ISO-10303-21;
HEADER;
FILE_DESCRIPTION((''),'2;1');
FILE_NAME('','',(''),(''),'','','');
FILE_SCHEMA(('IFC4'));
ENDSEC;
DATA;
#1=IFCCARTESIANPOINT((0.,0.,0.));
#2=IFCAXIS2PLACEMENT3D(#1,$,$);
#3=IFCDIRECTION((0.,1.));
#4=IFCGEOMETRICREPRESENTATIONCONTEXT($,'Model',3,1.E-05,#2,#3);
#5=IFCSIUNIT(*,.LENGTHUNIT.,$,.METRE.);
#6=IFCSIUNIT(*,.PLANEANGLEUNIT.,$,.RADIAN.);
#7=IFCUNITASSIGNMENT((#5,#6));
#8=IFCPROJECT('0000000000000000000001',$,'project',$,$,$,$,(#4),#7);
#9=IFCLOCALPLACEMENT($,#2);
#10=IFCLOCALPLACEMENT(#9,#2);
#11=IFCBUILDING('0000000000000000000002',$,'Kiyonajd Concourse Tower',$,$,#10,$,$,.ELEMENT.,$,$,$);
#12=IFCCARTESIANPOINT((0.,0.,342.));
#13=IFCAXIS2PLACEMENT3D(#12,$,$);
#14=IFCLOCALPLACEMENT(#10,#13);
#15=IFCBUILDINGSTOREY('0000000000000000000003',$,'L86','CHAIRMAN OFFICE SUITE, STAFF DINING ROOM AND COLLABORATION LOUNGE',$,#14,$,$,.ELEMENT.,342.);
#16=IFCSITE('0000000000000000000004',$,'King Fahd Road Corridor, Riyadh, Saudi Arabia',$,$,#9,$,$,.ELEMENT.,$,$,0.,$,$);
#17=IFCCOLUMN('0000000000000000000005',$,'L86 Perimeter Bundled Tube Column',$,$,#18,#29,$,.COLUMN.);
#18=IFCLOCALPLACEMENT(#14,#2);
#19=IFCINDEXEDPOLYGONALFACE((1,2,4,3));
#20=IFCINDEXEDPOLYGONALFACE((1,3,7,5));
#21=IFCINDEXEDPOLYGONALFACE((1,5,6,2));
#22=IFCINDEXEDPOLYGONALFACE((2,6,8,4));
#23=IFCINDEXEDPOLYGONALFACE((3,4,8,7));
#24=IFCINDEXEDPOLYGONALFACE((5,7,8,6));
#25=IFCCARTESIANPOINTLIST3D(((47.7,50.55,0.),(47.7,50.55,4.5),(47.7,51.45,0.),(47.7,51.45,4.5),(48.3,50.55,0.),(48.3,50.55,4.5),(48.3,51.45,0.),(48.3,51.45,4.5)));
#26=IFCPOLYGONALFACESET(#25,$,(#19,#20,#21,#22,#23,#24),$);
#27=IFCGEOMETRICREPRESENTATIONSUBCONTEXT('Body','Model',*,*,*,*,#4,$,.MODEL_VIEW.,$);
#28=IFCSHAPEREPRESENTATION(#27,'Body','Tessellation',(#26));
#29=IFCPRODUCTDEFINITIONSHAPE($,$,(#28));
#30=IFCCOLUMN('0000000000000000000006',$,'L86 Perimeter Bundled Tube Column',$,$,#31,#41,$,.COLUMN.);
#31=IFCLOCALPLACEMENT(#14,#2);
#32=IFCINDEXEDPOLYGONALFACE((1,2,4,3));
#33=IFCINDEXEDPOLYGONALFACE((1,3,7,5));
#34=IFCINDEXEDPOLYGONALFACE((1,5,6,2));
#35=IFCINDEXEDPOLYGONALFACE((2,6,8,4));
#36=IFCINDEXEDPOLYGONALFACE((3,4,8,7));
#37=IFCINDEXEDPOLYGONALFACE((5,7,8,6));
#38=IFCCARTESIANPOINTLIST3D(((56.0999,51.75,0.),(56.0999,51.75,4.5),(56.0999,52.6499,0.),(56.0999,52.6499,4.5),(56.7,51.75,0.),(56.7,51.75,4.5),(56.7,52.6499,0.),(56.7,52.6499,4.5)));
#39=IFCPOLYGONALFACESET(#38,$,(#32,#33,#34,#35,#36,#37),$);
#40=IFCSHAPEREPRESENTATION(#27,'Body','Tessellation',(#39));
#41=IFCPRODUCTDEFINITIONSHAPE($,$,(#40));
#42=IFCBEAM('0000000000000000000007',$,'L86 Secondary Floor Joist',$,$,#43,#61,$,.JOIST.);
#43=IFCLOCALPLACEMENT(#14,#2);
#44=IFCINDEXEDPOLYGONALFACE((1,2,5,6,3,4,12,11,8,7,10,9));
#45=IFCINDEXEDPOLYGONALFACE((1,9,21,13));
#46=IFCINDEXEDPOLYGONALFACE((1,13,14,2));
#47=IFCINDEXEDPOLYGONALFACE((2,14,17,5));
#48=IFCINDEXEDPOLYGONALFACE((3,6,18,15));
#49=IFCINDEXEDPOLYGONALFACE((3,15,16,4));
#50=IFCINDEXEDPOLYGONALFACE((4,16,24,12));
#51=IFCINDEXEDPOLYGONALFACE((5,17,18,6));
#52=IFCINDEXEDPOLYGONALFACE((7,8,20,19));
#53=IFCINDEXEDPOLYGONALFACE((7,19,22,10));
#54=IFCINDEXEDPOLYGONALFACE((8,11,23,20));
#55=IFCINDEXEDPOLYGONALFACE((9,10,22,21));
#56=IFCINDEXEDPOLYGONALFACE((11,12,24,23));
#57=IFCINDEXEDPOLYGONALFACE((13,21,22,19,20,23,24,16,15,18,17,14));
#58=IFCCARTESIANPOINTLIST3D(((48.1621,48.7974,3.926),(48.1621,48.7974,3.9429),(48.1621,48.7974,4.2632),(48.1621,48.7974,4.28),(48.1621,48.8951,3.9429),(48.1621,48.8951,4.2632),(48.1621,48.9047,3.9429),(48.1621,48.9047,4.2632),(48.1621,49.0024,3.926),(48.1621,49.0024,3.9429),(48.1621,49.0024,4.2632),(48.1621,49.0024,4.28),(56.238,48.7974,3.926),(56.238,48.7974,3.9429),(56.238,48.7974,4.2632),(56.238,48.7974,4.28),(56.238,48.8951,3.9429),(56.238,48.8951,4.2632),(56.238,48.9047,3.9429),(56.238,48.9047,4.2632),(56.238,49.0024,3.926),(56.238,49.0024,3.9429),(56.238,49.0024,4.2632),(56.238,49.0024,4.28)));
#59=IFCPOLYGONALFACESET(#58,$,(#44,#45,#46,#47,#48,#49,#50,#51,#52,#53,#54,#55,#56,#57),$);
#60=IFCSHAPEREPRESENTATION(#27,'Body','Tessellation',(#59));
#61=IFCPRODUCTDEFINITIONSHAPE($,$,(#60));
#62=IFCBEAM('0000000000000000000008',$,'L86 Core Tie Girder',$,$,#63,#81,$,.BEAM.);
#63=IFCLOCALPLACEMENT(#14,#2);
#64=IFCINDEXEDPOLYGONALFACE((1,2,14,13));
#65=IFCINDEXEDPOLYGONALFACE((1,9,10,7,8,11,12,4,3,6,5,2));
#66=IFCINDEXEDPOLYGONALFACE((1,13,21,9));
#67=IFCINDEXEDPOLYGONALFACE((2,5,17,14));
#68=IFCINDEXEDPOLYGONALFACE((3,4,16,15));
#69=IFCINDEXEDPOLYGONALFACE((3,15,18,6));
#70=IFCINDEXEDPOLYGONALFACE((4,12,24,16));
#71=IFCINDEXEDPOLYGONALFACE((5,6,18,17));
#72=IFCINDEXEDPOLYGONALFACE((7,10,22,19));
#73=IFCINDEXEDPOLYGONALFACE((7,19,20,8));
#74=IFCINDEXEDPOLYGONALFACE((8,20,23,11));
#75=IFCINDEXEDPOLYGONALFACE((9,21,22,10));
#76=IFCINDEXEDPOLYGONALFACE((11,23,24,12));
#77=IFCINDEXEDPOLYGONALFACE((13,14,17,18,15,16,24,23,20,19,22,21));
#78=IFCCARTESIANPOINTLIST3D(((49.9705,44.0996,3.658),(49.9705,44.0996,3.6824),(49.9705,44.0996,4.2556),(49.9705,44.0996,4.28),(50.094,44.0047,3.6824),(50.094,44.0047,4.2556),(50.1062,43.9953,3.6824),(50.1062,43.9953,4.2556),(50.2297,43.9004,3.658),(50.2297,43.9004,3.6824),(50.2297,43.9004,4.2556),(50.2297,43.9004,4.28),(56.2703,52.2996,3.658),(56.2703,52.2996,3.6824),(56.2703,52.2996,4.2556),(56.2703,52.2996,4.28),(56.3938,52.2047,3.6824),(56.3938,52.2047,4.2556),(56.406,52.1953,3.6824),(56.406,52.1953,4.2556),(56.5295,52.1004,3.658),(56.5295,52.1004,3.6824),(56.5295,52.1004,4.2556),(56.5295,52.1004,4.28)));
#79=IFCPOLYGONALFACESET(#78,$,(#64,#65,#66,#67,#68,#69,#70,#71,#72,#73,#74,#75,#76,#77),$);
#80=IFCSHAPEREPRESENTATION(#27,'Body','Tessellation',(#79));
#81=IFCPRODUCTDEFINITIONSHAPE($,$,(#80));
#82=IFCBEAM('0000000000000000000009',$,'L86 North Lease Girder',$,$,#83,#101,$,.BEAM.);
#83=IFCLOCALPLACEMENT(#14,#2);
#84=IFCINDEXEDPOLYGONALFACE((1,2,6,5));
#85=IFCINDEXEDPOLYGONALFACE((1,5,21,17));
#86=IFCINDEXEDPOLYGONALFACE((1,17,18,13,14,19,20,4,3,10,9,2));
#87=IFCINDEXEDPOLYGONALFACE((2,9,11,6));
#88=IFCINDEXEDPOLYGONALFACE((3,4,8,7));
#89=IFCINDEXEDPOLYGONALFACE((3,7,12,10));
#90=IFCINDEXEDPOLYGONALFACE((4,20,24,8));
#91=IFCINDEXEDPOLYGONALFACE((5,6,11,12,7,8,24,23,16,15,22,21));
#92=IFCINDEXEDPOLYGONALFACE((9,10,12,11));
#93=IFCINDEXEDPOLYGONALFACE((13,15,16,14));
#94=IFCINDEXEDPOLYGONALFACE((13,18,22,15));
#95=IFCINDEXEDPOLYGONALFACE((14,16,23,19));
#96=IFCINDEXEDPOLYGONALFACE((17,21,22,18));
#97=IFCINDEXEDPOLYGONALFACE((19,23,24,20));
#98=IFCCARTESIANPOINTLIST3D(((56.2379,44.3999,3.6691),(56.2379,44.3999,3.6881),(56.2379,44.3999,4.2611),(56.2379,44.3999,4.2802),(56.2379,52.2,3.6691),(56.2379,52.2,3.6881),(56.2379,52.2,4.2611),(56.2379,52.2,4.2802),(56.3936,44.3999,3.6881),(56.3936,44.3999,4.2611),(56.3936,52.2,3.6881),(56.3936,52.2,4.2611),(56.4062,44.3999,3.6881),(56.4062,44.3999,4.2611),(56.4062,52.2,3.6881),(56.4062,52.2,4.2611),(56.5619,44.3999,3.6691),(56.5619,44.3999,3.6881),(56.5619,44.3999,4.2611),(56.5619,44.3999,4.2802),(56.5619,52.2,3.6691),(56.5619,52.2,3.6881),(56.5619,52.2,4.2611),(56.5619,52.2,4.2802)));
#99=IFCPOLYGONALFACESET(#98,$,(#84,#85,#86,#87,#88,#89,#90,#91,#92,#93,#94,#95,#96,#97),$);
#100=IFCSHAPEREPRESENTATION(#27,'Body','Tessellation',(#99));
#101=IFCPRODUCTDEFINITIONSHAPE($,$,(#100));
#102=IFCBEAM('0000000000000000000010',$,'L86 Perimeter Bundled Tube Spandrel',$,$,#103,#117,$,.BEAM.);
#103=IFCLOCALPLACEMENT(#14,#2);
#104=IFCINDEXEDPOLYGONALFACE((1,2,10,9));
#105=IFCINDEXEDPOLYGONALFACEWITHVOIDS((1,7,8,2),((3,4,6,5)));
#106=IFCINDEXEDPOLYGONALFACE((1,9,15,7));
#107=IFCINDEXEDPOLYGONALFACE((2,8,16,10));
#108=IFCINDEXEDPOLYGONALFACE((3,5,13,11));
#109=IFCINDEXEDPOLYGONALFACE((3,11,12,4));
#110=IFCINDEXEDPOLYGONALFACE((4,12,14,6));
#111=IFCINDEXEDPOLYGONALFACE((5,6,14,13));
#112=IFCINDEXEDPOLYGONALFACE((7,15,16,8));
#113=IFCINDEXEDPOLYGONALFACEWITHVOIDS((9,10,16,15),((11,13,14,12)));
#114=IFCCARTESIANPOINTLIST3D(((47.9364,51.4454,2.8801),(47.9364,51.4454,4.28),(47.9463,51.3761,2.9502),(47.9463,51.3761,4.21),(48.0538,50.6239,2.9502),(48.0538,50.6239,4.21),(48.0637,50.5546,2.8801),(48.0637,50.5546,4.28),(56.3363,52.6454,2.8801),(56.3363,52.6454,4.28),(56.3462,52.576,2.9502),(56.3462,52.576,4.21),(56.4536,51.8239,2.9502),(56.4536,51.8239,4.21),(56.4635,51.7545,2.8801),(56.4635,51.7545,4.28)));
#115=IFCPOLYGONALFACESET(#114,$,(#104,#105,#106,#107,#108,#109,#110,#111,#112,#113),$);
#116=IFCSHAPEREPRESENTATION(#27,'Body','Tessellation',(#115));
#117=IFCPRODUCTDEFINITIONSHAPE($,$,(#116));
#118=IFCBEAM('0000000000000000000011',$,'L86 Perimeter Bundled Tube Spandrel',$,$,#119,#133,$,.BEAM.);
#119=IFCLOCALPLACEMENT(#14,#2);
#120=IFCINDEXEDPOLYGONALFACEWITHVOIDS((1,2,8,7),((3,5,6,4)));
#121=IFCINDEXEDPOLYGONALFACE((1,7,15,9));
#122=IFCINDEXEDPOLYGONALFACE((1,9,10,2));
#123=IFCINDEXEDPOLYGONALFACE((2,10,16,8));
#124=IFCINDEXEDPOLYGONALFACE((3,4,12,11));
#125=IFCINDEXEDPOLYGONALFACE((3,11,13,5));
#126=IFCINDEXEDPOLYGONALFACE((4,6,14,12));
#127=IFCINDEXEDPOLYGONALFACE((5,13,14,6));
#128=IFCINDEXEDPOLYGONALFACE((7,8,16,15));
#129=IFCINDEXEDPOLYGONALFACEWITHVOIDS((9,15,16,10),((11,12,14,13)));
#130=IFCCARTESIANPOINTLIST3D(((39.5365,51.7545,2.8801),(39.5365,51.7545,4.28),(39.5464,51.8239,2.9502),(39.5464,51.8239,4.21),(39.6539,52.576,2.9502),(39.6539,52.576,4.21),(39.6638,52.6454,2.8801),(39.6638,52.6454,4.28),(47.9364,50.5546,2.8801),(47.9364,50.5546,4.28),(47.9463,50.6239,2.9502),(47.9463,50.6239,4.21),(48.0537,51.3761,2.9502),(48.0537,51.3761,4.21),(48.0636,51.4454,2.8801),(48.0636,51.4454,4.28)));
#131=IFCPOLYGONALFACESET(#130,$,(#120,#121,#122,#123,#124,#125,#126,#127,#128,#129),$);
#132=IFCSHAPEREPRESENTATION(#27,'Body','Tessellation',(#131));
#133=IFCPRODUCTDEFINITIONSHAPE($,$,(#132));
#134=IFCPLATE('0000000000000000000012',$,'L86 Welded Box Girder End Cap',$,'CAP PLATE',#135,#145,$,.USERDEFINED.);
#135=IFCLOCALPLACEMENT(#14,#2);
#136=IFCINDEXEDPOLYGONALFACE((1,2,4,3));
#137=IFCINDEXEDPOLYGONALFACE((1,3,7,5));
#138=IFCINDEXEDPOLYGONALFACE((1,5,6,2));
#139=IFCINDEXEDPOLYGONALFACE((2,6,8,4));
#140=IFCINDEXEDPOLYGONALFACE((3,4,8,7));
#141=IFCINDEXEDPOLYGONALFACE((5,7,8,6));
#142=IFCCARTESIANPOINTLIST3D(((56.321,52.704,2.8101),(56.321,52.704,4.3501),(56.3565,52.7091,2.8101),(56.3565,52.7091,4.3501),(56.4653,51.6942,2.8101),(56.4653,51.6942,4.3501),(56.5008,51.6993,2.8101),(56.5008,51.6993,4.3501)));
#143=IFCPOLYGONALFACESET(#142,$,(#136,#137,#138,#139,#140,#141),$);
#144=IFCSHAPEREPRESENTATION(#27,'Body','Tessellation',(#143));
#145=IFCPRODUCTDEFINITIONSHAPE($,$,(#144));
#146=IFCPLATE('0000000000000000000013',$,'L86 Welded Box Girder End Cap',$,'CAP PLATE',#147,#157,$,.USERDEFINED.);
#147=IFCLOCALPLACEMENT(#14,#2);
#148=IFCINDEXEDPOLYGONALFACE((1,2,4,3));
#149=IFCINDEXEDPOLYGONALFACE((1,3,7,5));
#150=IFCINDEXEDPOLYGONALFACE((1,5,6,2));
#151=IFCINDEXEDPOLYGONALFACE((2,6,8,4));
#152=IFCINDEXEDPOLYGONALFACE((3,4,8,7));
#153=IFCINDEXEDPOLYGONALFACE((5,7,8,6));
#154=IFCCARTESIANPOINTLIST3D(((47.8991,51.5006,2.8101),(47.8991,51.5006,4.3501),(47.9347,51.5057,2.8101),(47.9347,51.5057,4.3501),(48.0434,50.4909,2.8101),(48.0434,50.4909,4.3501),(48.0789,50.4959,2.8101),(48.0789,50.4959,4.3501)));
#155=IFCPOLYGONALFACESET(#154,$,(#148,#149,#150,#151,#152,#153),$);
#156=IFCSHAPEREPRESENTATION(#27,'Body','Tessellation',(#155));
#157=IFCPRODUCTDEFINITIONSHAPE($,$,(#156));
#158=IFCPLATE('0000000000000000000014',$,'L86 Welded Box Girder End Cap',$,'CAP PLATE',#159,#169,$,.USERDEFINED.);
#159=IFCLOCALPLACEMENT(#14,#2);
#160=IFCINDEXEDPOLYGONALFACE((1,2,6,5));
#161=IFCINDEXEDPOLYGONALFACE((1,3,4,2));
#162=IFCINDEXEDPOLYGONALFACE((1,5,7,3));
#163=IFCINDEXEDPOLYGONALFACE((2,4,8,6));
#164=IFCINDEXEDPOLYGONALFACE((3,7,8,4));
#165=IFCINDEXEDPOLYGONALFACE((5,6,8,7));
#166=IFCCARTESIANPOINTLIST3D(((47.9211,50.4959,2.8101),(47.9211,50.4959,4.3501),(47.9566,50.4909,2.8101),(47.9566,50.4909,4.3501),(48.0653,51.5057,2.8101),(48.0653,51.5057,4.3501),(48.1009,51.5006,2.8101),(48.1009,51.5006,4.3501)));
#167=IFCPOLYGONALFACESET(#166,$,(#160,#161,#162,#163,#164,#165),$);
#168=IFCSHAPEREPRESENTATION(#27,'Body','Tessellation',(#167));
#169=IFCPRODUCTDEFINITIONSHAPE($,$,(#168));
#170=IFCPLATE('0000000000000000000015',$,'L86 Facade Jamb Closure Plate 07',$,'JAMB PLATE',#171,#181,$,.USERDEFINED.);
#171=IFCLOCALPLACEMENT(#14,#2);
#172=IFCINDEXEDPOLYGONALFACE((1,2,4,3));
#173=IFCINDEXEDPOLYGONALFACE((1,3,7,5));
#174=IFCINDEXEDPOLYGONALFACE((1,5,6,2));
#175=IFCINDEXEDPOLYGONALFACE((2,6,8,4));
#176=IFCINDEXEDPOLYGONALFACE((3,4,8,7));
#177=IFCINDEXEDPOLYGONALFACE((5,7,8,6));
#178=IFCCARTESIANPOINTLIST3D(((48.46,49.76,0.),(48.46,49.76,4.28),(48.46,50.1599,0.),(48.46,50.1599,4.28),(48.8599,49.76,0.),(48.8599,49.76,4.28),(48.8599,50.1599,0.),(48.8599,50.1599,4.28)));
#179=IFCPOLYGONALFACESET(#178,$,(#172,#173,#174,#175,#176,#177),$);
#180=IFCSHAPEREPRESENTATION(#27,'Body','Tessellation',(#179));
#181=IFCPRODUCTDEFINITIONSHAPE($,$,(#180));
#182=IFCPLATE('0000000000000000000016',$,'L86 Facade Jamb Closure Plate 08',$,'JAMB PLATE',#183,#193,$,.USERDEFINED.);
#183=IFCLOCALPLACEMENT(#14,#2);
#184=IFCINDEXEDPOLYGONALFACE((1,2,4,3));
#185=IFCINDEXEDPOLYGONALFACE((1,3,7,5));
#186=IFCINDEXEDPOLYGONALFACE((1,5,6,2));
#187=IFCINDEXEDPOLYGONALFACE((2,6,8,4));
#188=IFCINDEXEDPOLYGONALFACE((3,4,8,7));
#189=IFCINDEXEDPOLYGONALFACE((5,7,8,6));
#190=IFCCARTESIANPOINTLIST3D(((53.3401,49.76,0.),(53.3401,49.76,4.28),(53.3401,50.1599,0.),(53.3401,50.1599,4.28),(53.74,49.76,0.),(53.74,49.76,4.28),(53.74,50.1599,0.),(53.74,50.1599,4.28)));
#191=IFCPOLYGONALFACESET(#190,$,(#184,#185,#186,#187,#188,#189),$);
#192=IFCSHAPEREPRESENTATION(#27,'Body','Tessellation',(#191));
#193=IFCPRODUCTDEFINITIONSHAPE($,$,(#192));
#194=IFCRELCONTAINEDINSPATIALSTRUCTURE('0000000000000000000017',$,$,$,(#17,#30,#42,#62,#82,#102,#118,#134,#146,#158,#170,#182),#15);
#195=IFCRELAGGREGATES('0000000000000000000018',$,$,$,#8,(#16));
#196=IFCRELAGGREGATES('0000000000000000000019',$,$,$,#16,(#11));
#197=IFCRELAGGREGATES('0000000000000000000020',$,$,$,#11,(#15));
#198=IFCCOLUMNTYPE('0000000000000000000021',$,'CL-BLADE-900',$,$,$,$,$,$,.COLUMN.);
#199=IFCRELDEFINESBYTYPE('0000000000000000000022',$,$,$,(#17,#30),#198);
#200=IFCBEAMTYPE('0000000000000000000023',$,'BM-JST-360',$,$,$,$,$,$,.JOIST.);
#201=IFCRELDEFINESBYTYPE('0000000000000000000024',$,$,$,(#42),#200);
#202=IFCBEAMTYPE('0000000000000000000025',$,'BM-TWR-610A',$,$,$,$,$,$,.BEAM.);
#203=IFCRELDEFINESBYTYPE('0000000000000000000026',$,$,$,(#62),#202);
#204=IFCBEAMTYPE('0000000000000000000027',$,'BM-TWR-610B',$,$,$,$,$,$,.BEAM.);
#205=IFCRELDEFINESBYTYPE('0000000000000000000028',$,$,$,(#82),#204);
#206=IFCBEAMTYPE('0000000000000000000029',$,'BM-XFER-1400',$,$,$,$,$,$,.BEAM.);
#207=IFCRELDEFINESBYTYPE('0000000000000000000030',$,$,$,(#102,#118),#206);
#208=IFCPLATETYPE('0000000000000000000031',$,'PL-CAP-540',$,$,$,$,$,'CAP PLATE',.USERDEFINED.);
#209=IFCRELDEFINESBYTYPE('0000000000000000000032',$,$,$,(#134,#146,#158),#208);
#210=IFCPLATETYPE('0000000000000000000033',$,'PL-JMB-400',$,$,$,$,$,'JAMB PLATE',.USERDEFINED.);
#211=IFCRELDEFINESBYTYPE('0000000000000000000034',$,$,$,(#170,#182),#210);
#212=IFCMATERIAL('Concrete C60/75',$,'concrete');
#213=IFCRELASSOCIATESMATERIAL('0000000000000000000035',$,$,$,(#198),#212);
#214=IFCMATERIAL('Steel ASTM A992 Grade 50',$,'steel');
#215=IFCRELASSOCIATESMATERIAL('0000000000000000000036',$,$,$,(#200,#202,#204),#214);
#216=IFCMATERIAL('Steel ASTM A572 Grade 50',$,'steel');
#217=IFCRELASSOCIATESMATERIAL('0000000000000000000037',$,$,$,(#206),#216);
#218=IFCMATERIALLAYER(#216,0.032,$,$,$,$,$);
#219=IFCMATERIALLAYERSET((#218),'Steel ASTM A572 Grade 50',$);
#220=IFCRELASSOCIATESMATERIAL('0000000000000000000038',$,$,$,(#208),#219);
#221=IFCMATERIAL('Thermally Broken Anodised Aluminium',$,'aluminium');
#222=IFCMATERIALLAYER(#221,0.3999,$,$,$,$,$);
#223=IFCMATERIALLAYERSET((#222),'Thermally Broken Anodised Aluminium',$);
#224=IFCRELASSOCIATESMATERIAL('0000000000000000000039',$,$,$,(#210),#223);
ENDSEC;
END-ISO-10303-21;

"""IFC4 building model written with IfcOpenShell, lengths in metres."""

from ifc_helpers import new_model, si_unit, direction, frame, origin, origin_2d, place, context, subcontext, project, spatial, rectangle, hollow_rectangle, i_section, extrude, material, layer, layer_set, material_profile, profile_set, type_object, element, save


model = new_model("IFC4")

# Units and contexts
model_context = context("Model", 3, precision=1e-05, world=origin(), true_north=direction((0.0, 1.0)))
body_context = subcontext(model_context, "Body", "Model", "MODEL_VIEW")
ifc_project = project(units=[si_unit("LENGTHUNIT", "METRE"), si_unit("PLANEANGLEUNIT", "RADIAN")], contexts=[model_context])

# Site, building, storey
site_placement = place(None, origin())
site = spatial("IfcSite", under=ifc_project, at=site_placement, Name="King Fahd Road Corridor, Riyadh, Saudi Arabia", CompositionType="ELEMENT", RefElevation=0.0)
building_placement = place(site_placement, origin())
building = spatial("IfcBuilding", under=site, at=building_placement, Name="Kiyonajd Concourse Tower", CompositionType="ELEMENT")
storey_placement = place(building_placement, frame((0.0, 0.0, 342.0)))
storey = spatial("IfcBuildingStorey", under=building, at=storey_placement, Name="L86", Description="CHAIRMAN OFFICE SUITE, STAFF DINING ROOM AND COLLABORATION LOUNGE", CompositionType="ELEMENT", Elevation=342.0)

# Columns
ifc_material_1 = material(Name="Concrete C60/75", Category="concrete")
ifc_material_profile_1 = material_profile(ifc_material_1, rectangle(XDim=0.6001, YDim=0.8999, at=origin_2d()), Name="RC-900x600")
ifc_profile_set_1 = profile_set([ifc_material_profile_1], Name="Concrete C60/75")
column_type = type_object("IfcColumnType", Name="CL-BLADE-900", PredefinedType="COLUMN", material=ifc_profile_set_1)
for number, where, z_axis, x_axis, name in (
    (1, (48.0, 51.0, 0.0), (0.0, 0.0, 1.0), (1.0, 0.0, 0.0), "L86 Perimeter Bundled Tube Column"),
    (2, (56.3999, 52.2, 0.0), (0.0, 0.0, 1.0), (1.0, 0.0, 0.0), "L86 Perimeter Bundled Tube Column"),
):
    element("IfcColumn", number, at=place(storey_placement, frame(where, z_axis=z_axis, x_axis=x_axis)), inside=storey, type_object=column_type, Name=name, PredefinedType="COLUMN", context=body_context, shape_type="SweptSolid", body=[
        extrude(rectangle(XDim=0.6001, YDim=0.8999, at=origin_2d()), origin(), (0.0, 0.0, 1.0), 4.5),
    ])

# Beams
ifc_material_2 = material(Name="Steel ASTM A992 Grade 50", Category="steel")
ifc_material_profile_2 = material_profile(ifc_material_2, i_section(OverallWidth=0.2051, OverallDepth=0.354, WebThickness=0.0095, FlangeThickness=0.0168, at=origin_2d()), Name="W360X79")
ifc_profile_set_2 = profile_set([ifc_material_profile_2], Name="Steel ASTM A992 Grade 50")
beam_type_1 = type_object("IfcBeamType", Name="BM-JST-360", PredefinedType="JOIST", material=ifc_profile_set_2)
beam_1_placement = place(storey_placement, frame((48.1621, 48.8999, 4.103), z_axis=(1.0, 0.0, 0.0), x_axis=(0.0, 1.0, 0.0)))
element("IfcBeam", 3, at=beam_1_placement, inside=storey, type_object=beam_type_1, Name="L86 Secondary Floor Joist", PredefinedType="JOIST", context=body_context, shape_type="SweptSolid", body=[
    extrude(i_section(OverallWidth=0.2051, OverallDepth=0.354, WebThickness=0.0095, FlangeThickness=0.0168, at=origin_2d()), origin(), (0.0, 0.0, 1.0), 8.0759),
])
ifc_material_profile_3 = material_profile(ifc_material_2, i_section(OverallWidth=0.3269, OverallDepth=0.6221, WebThickness=0.0154, FlangeThickness=0.0244, at=origin_2d()), Name="W610X195")
ifc_profile_set_3 = profile_set([ifc_material_profile_3], Name="Steel ASTM A992 Grade 50")
beam_type_2 = type_object("IfcBeamType", Name="BM-TWR-610A", PredefinedType="BEAM", material=ifc_profile_set_3)
beam_2_placement = place(storey_placement, frame((50.1001, 44.0, 3.969), z_axis=(0.609234, 0.792991, 0.0), x_axis=(-0.792991, 0.609234, 0.0)))
element("IfcBeam", 4, at=beam_2_placement, inside=storey, type_object=beam_type_2, Name="L86 Core Tie Girder", PredefinedType="BEAM", context=body_context, shape_type="SweptSolid", body=[
    extrude(i_section(OverallWidth=0.3269, OverallDepth=0.6221, WebThickness=0.0154, FlangeThickness=0.0244, at=origin_2d()), origin(), (0.0, 0.0, 1.0), 10.3406),
])
ifc_material_profile_4 = material_profile(ifc_material_2, i_section(OverallWidth=0.324, OverallDepth=0.6111, WebThickness=0.0127, FlangeThickness=0.019, at=origin_2d()), Name="W610X155")
ifc_profile_set_4 = profile_set([ifc_material_profile_4], Name="Steel ASTM A992 Grade 50")
beam_type_3 = type_object("IfcBeamType", Name="BM-TWR-610B", PredefinedType="BEAM", material=ifc_profile_set_4)
beam_3_placement = place(storey_placement, frame((56.3999, 44.3999, 3.9746), z_axis=(0.0, 1.0, 0.0), x_axis=(-1.0, 0.0, 0.0)))
element("IfcBeam", 5, at=beam_3_placement, inside=storey, type_object=beam_type_3, Name="L86 North Lease Girder", PredefinedType="BEAM", context=body_context, shape_type="SweptSolid", body=[
    extrude(i_section(OverallWidth=0.324, OverallDepth=0.6111, WebThickness=0.0127, FlangeThickness=0.019, at=origin_2d()), origin(), (0.0, 0.0, 1.0), 7.8),
])
ifc_material_3 = material(Name="Steel ASTM A572 Grade 50", Category="steel")
ifc_material_profile_5 = material_profile(ifc_material_3, hollow_rectangle(XDim=0.8999, YDim=1.3999, WallThickness=0.0701, at=origin_2d()), Name="BOX-1400x900x70")
ifc_profile_set_5 = profile_set([ifc_material_profile_5], Name="Steel ASTM A572 Grade 50")
beam_type_4 = type_object("IfcBeamType", Name="BM-XFER-1400", PredefinedType="BEAM", material=ifc_profile_set_5)
for number, where, z_axis, x_axis, name in (
    (6, (56.3999, 52.2, 3.5801), (-0.98995, -0.141417, 0.0), (0.141417, -0.98995, 0.0), "L86 Perimeter Bundled Tube Spandrel"),
    (7, (48.0, 51.0, 3.5801), (-0.98995, 0.141417, 0.0), (-0.141417, -0.98995, 0.0), "L86 Perimeter Bundled Tube Spandrel"),
):
    element("IfcBeam", number, at=place(storey_placement, frame(where, z_axis=z_axis, x_axis=x_axis)), inside=storey, type_object=beam_type_4, Name=name, PredefinedType="BEAM", context=body_context, shape_type="SweptSolid", body=[
        extrude(hollow_rectangle(XDim=0.8999, YDim=1.3999, WallThickness=0.0701, at=origin_2d()), origin(), (0.0, 0.0, 1.0), 8.4851),
    ])

# Plates
ifc_layer_1 = layer(ifc_material_3, 0.032)
ifc_layer_set_1 = layer_set([ifc_layer_1], Name="Steel ASTM A572 Grade 50")
plate_type_1 = type_object("IfcPlateType", Name="PL-CAP-540", ElementType="CAP PLATE", PredefinedType="USERDEFINED", material=ifc_layer_set_1)
for number, where, z_axis, x_axis, name in (
    (8, (56.4109, 52.2017, 2.8101), (0.0, 0.0, 1.0), (0.98995, 0.14142, 0.0), "L86 Welded Box Girder End Cap"),
    (9, (47.989, 50.9983, 2.8101), (0.0, 0.0, 1.0), (-0.98995, -0.14142, 0.0), "L86 Welded Box Girder End Cap"),
    (10, (48.011, 50.9983, 2.8101), (0.0, 0.0, 1.0), (0.98995, -0.14142, 0.0), "L86 Welded Box Girder End Cap"),
):
    element("IfcPlate", number, at=place(storey_placement, frame(where, z_axis=z_axis, x_axis=x_axis)), inside=storey, type_object=plate_type_1, Name=name, ObjectType="CAP PLATE", PredefinedType="USERDEFINED", context=body_context, shape_type="SweptSolid", body=[
        extrude(rectangle(XDim=0.0359, YDim=1.02, at=origin_2d()), origin(), (0.0, 0.0, 1.0), 1.54),
    ])
ifc_material_4 = material(Name="Thermally Broken Anodised Aluminium", Category="aluminium")
ifc_layer_2 = layer(ifc_material_4, 0.3999)
ifc_layer_set_2 = layer_set([ifc_layer_2], Name="Thermally Broken Anodised Aluminium")
plate_type_2 = type_object("IfcPlateType", Name="PL-JMB-400", ElementType="JAMB PLATE", PredefinedType="USERDEFINED", material=ifc_layer_set_2)
for number, where, z_axis, x_axis, name in (
    (11, (48.6599, 49.96, 0.0), (0.0, 0.0, 1.0), (1.0, 0.0, 0.0), "L86 Facade Jamb Closure Plate 07"),
    (12, (53.54, 49.96, 0.0), (0.0, 0.0, 1.0), (1.0, 0.0, 0.0), "L86 Facade Jamb Closure Plate 08"),
):
    element("IfcPlate", number, at=place(storey_placement, frame(where, z_axis=z_axis, x_axis=x_axis)), inside=storey, type_object=plate_type_2, Name=name, ObjectType="JAMB PLATE", PredefinedType="USERDEFINED", context=body_context, shape_type="SweptSolid", body=[
        extrude(rectangle(XDim=0.3999, YDim=0.3999, at=origin_2d()), origin(), (0.0, 0.0, 1.0), 4.28),
    ])

save(model, "model.ifc")
